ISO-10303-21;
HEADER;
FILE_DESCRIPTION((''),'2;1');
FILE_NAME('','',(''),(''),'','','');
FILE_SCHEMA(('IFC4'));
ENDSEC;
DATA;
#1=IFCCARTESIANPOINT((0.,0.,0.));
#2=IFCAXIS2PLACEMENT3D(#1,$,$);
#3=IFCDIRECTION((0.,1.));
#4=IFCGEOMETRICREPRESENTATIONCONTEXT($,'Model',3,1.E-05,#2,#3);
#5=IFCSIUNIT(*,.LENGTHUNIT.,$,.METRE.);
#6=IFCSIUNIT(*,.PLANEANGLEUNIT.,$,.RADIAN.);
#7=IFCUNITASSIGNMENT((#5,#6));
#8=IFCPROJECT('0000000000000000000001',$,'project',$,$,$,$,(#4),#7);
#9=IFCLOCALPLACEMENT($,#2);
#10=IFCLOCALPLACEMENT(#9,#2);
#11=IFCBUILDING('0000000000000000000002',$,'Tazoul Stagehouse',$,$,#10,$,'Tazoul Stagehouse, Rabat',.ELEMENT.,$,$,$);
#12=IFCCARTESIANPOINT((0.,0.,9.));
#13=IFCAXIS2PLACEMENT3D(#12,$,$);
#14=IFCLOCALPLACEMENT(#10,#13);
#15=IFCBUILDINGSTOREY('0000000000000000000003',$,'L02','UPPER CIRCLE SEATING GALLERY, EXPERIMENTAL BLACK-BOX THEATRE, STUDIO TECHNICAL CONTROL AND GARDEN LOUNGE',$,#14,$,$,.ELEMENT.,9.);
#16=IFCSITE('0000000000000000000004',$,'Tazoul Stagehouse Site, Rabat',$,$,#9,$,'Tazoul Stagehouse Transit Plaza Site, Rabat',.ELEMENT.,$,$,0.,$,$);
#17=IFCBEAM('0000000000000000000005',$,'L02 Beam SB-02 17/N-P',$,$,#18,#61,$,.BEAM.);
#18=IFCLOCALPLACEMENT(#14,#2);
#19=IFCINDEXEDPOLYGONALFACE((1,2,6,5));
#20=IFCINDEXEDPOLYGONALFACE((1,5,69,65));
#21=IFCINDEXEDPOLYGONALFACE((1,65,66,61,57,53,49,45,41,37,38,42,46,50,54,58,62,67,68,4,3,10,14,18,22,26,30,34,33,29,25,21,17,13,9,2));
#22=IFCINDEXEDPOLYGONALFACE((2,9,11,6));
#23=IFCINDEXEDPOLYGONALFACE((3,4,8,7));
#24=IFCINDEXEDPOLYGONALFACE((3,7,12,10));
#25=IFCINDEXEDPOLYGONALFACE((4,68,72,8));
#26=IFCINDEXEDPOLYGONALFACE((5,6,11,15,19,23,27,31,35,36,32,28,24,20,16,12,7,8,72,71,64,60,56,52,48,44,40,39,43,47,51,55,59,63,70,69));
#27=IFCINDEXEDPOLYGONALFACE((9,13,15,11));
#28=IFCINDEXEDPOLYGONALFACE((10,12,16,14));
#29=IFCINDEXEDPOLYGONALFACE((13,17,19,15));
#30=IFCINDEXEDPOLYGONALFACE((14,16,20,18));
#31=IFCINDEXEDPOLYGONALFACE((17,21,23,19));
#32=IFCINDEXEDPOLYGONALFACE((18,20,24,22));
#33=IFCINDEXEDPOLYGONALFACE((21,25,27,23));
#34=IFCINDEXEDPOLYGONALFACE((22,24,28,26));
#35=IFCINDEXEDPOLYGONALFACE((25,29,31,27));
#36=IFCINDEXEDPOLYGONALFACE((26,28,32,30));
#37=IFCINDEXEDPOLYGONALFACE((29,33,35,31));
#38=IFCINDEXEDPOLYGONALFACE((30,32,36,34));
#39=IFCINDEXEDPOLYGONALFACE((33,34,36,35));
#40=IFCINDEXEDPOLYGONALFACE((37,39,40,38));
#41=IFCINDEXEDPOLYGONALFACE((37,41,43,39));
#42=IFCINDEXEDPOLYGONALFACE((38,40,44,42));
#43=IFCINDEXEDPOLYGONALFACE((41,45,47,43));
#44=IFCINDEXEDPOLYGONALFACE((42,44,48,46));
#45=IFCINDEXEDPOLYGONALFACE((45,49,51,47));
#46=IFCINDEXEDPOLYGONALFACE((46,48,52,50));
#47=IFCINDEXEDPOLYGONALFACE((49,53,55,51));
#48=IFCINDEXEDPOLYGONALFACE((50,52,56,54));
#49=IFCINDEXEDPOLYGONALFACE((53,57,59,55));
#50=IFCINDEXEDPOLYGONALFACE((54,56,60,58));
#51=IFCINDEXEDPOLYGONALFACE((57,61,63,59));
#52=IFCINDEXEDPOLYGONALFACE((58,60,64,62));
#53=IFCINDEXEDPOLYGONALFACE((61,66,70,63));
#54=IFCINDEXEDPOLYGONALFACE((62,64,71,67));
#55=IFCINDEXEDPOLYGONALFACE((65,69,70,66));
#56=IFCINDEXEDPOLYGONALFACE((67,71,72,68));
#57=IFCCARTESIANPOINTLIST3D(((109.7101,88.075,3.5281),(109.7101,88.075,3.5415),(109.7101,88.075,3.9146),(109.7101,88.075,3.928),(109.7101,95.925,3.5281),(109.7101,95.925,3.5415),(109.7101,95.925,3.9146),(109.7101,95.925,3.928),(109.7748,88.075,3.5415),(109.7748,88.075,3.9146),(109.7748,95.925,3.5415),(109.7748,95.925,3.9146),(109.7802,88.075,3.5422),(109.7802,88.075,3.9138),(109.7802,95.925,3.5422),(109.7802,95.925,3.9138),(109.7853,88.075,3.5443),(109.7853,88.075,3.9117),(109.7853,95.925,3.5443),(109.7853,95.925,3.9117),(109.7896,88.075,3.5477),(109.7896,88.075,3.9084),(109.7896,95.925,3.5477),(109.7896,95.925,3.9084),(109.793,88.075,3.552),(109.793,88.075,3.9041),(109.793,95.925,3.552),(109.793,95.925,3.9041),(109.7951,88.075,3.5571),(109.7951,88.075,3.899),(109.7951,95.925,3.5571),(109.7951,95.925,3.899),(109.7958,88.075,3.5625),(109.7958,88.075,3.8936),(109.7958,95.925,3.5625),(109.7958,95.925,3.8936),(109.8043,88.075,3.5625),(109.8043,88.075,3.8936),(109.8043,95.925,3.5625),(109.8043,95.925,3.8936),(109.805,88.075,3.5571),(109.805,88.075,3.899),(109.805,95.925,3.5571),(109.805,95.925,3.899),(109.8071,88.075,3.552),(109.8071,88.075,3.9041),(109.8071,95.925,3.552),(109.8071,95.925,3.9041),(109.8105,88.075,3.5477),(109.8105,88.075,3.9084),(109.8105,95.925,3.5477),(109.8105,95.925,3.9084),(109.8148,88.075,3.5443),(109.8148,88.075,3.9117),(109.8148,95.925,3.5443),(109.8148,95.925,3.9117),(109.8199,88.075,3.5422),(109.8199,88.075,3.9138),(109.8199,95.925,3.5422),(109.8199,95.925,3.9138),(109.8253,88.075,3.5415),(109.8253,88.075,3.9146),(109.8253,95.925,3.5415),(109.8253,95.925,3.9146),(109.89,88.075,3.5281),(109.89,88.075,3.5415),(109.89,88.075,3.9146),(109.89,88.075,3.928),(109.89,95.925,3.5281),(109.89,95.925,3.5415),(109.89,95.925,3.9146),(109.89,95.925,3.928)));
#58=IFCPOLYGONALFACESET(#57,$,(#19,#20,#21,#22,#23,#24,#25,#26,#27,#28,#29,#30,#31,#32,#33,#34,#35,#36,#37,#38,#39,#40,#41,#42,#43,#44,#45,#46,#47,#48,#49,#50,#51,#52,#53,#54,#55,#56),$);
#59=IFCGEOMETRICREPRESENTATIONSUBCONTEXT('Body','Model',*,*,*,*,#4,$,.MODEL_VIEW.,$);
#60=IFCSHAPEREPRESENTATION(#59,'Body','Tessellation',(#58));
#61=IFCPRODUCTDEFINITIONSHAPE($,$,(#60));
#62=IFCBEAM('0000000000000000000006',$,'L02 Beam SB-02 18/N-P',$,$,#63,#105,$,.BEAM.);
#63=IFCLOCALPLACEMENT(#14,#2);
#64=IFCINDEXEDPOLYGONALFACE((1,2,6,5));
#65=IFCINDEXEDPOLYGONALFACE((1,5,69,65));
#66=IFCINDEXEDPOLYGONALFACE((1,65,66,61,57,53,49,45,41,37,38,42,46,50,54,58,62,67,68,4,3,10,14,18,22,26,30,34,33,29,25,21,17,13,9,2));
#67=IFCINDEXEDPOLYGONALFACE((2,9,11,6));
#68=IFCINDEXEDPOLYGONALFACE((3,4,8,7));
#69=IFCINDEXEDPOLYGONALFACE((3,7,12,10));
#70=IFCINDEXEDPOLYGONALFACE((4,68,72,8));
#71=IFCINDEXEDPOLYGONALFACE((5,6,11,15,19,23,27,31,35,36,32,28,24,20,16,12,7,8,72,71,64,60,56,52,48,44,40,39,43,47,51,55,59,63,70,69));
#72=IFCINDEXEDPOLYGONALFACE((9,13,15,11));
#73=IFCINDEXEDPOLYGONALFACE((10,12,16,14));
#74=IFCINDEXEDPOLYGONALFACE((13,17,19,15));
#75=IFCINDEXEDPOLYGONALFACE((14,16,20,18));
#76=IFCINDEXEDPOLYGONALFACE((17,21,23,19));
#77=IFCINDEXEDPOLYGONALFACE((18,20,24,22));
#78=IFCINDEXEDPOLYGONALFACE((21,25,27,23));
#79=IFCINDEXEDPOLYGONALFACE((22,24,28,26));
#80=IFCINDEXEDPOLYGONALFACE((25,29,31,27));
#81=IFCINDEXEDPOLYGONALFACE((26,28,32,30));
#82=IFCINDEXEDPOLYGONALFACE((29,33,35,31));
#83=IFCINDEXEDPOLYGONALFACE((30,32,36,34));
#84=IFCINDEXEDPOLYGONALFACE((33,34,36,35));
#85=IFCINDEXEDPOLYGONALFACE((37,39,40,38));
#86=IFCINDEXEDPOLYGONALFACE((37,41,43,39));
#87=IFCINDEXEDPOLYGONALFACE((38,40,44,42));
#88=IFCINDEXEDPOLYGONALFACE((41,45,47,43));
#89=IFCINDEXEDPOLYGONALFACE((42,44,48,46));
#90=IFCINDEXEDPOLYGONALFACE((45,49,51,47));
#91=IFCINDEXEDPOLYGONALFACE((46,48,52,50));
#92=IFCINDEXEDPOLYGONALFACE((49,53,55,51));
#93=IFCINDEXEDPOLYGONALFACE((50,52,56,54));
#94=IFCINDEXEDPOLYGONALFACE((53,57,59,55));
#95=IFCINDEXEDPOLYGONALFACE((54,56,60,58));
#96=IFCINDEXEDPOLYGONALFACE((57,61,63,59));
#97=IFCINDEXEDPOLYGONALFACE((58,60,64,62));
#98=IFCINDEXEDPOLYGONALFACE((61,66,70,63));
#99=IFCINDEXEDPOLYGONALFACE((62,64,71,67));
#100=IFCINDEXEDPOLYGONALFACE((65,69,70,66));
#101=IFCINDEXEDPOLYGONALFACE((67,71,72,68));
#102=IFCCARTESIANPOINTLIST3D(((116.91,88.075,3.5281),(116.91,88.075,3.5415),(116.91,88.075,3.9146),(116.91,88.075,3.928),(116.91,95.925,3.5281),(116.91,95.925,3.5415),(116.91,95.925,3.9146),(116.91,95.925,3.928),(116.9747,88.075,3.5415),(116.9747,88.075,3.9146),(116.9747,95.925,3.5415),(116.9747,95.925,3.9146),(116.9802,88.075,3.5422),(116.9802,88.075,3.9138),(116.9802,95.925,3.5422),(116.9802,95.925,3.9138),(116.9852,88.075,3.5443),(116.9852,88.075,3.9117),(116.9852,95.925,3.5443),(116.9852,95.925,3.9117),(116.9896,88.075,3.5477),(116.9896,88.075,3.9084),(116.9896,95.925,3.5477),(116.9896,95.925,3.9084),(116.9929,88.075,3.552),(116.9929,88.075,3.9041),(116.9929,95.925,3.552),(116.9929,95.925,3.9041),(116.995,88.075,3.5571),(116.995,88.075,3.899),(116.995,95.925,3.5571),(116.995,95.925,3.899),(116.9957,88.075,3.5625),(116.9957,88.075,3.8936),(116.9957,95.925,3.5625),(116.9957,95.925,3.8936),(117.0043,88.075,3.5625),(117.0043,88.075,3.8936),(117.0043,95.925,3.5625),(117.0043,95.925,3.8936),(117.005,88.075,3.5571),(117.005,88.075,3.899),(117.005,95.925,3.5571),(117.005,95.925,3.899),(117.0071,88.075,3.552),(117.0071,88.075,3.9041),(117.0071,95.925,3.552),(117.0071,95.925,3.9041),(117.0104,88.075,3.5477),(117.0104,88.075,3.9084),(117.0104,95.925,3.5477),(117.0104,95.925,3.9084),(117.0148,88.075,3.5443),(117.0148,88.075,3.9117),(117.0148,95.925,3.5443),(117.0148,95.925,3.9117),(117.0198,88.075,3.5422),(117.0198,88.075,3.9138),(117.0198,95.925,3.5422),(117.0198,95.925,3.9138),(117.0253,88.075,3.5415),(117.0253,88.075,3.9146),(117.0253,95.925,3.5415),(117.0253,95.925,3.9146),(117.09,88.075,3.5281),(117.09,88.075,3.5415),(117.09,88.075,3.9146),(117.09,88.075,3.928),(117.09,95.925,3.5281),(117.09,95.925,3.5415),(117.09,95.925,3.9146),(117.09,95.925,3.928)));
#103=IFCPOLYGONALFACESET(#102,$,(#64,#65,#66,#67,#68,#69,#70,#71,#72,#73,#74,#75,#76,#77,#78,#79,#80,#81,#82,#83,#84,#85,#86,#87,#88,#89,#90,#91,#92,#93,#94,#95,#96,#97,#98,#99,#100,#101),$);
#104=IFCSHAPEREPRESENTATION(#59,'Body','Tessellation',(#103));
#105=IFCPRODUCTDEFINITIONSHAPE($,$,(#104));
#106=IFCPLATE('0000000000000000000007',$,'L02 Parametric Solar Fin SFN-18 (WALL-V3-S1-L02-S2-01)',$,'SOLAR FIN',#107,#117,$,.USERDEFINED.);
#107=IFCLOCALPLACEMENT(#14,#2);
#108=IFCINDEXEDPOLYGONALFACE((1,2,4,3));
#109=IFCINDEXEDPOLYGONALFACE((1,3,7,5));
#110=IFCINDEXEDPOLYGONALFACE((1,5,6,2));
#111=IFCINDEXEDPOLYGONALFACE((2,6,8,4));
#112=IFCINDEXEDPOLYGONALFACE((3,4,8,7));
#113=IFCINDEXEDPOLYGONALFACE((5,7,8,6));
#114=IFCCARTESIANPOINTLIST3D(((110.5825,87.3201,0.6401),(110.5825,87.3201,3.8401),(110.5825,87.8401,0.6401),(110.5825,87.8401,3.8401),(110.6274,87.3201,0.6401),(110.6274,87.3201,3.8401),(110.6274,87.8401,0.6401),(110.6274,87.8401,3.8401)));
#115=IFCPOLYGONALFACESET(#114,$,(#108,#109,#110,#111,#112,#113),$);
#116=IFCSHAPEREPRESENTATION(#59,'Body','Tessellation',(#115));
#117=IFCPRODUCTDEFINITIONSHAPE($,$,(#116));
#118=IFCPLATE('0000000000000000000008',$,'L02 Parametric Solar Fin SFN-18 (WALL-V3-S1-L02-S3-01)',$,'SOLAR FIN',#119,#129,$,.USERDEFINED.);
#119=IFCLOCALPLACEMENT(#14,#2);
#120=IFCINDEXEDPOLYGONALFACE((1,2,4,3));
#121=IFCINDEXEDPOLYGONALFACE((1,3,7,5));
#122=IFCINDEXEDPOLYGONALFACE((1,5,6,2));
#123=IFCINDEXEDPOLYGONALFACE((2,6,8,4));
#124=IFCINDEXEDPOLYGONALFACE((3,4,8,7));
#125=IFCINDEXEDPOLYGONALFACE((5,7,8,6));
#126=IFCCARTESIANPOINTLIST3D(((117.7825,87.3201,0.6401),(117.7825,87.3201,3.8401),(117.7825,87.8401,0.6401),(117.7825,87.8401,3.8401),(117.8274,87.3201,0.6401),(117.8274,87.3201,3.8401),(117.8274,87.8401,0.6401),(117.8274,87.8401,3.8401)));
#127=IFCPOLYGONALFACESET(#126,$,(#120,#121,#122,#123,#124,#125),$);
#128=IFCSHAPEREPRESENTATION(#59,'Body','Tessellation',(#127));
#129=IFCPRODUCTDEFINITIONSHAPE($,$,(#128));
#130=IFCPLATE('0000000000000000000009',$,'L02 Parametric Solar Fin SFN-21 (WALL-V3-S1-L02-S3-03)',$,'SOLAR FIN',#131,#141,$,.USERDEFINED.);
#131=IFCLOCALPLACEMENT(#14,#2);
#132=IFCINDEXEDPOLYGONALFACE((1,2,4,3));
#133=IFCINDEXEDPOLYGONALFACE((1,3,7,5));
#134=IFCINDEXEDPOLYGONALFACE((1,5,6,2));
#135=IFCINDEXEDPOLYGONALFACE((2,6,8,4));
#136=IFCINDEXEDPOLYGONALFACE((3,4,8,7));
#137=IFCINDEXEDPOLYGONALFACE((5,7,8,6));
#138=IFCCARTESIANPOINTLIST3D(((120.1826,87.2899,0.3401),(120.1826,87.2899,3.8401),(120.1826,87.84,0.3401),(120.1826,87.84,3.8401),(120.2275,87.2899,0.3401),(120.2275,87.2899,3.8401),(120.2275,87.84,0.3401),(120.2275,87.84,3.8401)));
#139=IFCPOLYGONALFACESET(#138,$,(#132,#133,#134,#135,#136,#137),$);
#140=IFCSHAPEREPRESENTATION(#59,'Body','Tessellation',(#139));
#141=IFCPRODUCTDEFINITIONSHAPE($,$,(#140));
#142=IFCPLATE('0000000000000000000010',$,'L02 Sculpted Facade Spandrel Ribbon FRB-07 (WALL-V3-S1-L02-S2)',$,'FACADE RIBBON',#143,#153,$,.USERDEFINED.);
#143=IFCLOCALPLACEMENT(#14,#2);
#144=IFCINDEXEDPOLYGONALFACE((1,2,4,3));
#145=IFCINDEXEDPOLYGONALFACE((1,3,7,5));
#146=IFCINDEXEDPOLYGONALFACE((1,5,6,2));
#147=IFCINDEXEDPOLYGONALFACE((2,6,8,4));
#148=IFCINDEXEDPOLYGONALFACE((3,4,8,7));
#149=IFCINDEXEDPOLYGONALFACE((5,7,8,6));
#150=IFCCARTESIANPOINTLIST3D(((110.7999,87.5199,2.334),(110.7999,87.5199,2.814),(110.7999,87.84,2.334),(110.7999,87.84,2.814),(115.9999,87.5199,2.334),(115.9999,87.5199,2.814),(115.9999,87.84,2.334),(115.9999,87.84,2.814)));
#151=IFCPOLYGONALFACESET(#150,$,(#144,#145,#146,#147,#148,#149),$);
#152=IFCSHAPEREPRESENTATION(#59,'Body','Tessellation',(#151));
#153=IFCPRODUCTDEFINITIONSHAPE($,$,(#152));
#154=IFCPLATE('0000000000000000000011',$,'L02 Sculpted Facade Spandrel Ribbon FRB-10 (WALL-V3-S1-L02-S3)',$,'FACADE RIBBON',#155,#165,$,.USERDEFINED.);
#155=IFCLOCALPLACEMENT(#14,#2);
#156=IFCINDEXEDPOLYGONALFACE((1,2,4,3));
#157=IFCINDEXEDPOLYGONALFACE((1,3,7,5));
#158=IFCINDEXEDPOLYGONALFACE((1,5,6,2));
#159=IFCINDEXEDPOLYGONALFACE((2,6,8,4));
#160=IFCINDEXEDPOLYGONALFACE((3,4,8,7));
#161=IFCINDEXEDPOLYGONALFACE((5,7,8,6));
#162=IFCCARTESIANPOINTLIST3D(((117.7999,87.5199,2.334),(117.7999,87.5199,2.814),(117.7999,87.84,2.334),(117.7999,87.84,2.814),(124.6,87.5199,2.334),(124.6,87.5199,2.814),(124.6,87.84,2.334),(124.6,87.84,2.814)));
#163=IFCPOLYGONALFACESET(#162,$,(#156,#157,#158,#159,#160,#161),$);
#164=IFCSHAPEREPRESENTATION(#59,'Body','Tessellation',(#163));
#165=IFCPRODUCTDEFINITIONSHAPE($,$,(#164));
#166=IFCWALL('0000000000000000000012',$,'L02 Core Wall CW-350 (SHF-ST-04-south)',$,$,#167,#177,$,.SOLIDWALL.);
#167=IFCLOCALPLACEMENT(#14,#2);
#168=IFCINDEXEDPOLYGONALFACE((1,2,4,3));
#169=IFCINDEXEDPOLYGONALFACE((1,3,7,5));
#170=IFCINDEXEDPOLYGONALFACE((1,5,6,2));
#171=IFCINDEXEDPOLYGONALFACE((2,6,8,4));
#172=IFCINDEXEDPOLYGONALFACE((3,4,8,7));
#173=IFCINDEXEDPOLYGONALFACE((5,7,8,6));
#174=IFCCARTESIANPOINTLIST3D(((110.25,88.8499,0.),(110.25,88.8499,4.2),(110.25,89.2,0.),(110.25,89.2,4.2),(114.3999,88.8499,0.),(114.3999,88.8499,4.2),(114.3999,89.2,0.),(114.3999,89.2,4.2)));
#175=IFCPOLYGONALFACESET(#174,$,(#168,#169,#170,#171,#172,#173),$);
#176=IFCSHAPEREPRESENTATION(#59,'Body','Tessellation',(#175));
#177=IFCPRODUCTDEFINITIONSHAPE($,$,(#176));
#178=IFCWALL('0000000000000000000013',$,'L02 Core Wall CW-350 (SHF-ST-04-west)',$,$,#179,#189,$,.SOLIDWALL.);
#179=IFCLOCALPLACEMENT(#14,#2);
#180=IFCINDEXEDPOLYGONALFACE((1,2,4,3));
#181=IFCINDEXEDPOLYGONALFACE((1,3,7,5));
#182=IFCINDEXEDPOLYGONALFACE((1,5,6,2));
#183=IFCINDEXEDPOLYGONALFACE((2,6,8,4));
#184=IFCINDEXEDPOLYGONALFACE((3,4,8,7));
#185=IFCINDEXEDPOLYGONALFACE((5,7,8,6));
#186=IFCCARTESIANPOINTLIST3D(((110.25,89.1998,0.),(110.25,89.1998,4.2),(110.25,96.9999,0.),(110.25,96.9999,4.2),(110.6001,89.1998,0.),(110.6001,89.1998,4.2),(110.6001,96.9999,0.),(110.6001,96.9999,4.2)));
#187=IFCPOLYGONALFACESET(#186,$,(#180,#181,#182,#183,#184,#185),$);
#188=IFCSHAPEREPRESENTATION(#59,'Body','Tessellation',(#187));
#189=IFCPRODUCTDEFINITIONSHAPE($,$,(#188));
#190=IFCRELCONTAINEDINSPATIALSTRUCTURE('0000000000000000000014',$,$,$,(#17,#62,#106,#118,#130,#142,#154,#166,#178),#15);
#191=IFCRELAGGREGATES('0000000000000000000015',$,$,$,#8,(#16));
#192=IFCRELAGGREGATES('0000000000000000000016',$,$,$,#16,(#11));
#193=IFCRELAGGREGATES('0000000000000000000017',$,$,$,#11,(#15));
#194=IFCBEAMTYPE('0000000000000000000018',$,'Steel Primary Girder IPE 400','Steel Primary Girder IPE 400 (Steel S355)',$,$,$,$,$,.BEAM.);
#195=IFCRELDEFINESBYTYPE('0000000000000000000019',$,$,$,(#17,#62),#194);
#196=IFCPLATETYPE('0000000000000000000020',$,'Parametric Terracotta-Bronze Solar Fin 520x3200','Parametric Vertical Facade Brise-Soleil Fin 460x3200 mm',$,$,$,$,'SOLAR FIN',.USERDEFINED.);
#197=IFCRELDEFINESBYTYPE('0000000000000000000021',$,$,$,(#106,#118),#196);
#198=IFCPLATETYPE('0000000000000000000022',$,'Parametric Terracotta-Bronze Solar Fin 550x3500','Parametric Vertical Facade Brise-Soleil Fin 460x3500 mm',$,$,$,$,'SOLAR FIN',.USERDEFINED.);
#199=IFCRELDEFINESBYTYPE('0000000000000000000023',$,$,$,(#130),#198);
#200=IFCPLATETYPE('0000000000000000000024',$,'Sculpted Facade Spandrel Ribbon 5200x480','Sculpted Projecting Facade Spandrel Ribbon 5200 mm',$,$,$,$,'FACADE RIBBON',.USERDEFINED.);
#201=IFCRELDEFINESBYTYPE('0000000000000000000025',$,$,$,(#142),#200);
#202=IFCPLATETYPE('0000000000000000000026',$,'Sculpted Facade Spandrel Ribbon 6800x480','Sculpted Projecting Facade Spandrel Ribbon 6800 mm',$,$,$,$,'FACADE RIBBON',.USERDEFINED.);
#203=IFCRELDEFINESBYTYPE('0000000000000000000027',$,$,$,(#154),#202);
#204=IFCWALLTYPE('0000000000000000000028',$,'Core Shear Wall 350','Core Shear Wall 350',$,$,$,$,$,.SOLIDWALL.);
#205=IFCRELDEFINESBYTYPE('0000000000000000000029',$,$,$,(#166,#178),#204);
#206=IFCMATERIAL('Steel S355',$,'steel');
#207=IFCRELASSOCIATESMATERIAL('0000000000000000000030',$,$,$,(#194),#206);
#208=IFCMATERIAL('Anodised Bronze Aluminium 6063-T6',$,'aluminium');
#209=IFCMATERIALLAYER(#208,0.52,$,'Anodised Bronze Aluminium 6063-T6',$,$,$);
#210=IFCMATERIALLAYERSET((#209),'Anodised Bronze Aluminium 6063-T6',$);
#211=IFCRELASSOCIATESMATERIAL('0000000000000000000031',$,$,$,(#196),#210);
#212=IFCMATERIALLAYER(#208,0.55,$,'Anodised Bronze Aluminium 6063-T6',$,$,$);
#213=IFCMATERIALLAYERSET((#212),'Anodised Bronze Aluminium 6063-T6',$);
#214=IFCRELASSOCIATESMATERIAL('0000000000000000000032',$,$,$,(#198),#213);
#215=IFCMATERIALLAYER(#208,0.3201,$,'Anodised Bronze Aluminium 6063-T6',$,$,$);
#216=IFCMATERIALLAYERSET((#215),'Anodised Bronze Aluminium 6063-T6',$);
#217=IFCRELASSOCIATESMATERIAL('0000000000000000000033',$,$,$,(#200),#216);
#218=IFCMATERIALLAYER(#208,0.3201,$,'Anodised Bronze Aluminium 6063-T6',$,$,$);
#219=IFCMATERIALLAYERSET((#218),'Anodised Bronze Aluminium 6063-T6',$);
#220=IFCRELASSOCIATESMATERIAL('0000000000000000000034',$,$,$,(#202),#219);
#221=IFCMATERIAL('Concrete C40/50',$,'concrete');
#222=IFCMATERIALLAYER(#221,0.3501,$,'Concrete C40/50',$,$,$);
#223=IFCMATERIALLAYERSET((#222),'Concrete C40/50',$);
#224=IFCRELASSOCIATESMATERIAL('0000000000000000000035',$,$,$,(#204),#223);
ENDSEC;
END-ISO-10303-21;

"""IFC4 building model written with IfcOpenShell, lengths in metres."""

from ifc_helpers import new_model, si_unit, direction, frame, frame_2d, origin, origin_2d, place, context, subcontext, project, spatial, rectangle, i_section, extrude, material, layer, layer_set, material_profile, profile_set, type_object, element, save


model = new_model("IFC4")

# Units and contexts
model_context = context("Model", 3, precision=1e-05, world=origin(), true_north=direction((0.0, 1.0)))
body_context = subcontext(model_context, "Body", "Model", "MODEL_VIEW")
ifc_project = project(units=[si_unit("LENGTHUNIT", "METRE"), si_unit("PLANEANGLEUNIT", "RADIAN")], contexts=[model_context])

# Site, building, storey
site_placement = place(None, origin())
site = spatial("IfcSite", under=ifc_project, at=site_placement, Name="Tazoul Stagehouse Site, Rabat", LongName="Tazoul Stagehouse Transit Plaza Site, Rabat", CompositionType="ELEMENT", RefElevation=0.0)
building_placement = place(site_placement, origin())
building = spatial("IfcBuilding", under=site, at=building_placement, Name="Tazoul Stagehouse", LongName="Tazoul Stagehouse, Rabat", CompositionType="ELEMENT")
storey_placement = place(building_placement, frame((0.0, 0.0, 9.0)))
storey = spatial("IfcBuildingStorey", under=building, at=storey_placement, Name="L02", Description="UPPER CIRCLE SEATING GALLERY, EXPERIMENTAL BLACK-BOX THEATRE, STUDIO TECHNICAL CONTROL AND GARDEN LOUNGE", CompositionType="ELEMENT", Elevation=9.0)

# Shared definitions
ifc_material_1 = material(Name="Concrete C40/50", Category="concrete")

# Beams
ifc_material_2 = material(Name="Steel S355", Category="steel")
ifc_material_profile_1 = material_profile(ifc_material_2, i_section(OverallWidth=0.1799, OverallDepth=0.3999, WebThickness=0.0085, FlangeThickness=0.0134, FilletRadius=0.021, at=origin_2d()), Name="IPE 400")
ifc_profile_set_1 = profile_set([ifc_material_profile_1], Name="Steel S355")
beam_type_1 = type_object("IfcBeamType", Name="Steel Primary Girder IPE 400", Description="Steel Primary Girder IPE 400 (Steel S355)", PredefinedType="BEAM", material=ifc_profile_set_1)
for number, where, z_axis, x_axis, name in (
    (1, (109.8, 88.075, 3.728), (0.0, 1.0, 0.0), (-1.0, 0.0, 0.0), "L02 Beam SB-02 17/N-P"),
    (2, (117.0, 88.075, 3.728), (0.0, 1.0, 0.0), (-1.0, 0.0, 0.0), "L02 Beam SB-02 18/N-P"),
):
    element("IfcBeam", number, at=place(storey_placement, frame(where, z_axis=z_axis, x_axis=x_axis)), inside=storey, type_object=beam_type_1, Name=name, PredefinedType="BEAM", context=body_context, shape_type="SweptSolid", body=[
        extrude(i_section(OverallWidth=0.1799, OverallDepth=0.3999, WebThickness=0.0085, FlangeThickness=0.0134, FilletRadius=0.021, at=origin_2d()), origin(), (0.0, 0.0, 1.0), 7.8501),
    ])

# Plates
ifc_material_3 = material(Name="Anodised Bronze Aluminium 6063-T6", Category="aluminium")
ifc_layer_1 = layer(ifc_material_3, 0.52, Name="Anodised Bronze Aluminium 6063-T6")
ifc_layer_set_1 = layer_set([ifc_layer_1], Name="Anodised Bronze Aluminium 6063-T6")
plate_type_1 = type_object("IfcPlateType", Name="Parametric Terracotta-Bronze Solar Fin 520x3200", Description="Parametric Vertical Facade Brise-Soleil Fin 460x3200 mm", ElementType="SOLAR FIN", PredefinedType="USERDEFINED", material=ifc_layer_set_1)
for number, where, z_axis, x_axis, name in (
    (3, (110.605, 87.5801, 0.6401), (0.0, 0.0, 1.0), (1.0, 0.0, 0.0), "L02 Parametric Solar Fin SFN-18 (WALL-V3-S1-L02-S2-01)"),
    (4, (117.8049, 87.5801, 0.6401), (0.0, 0.0, 1.0), (1.0, 0.0, 0.0), "L02 Parametric Solar Fin SFN-18 (WALL-V3-S1-L02-S3-01)"),
):
    element("IfcPlate", number, at=place(storey_placement, frame(where, z_axis=z_axis, x_axis=x_axis)), inside=storey, type_object=plate_type_1, Name=name, ObjectType="SOLAR FIN", PredefinedType="USERDEFINED", context=body_context, shape_type="SweptSolid", body=[
        extrude(rectangle(XDim=0.0449, YDim=0.52, at=origin_2d()), origin(), (0.0, 0.0, 1.0), 3.2),
    ])
ifc_layer_2 = layer(ifc_material_3, 0.55, Name="Anodised Bronze Aluminium 6063-T6")
ifc_layer_set_2 = layer_set([ifc_layer_2], Name="Anodised Bronze Aluminium 6063-T6")
plate_type_2 = type_object("IfcPlateType", Name="Parametric Terracotta-Bronze Solar Fin 550x3500", Description="Parametric Vertical Facade Brise-Soleil Fin 460x3500 mm", ElementType="SOLAR FIN", PredefinedType="USERDEFINED", material=ifc_layer_set_2)
plate_1_placement = place(storey_placement, frame((120.2051, 87.5649, 0.3401), z_axis=(0.0, 0.0, 1.0), x_axis=(1.0, 0.0, 0.0)))
element("IfcPlate", 5, at=plate_1_placement, inside=storey, type_object=plate_type_2, Name="L02 Parametric Solar Fin SFN-21 (WALL-V3-S1-L02-S3-03)", ObjectType="SOLAR FIN", PredefinedType="USERDEFINED", context=body_context, shape_type="SweptSolid", body=[
    extrude(rectangle(XDim=0.0449, YDim=0.55, at=origin_2d()), origin(), (0.0, 0.0, 1.0), 3.5),
])
ifc_layer_3 = layer(ifc_material_3, 0.3201, Name="Anodised Bronze Aluminium 6063-T6")
ifc_layer_set_3 = layer_set([ifc_layer_3], Name="Anodised Bronze Aluminium 6063-T6")
plate_type_3 = type_object("IfcPlateType", Name="Sculpted Facade Spandrel Ribbon 5200x480", Description="Sculpted Projecting Facade Spandrel Ribbon 5200 mm", ElementType="FACADE RIBBON", PredefinedType="USERDEFINED", material=ifc_layer_set_3)
plate_2_placement = place(storey_placement, frame((113.3999, 87.6799, 2.334), z_axis=(0.0, 0.0, 1.0), x_axis=(1.0, 0.0, 0.0)))
element("IfcPlate", 6, at=plate_2_placement, inside=storey, type_object=plate_type_3, Name="L02 Sculpted Facade Spandrel Ribbon FRB-07 (WALL-V3-S1-L02-S2)", ObjectType="FACADE RIBBON", PredefinedType="USERDEFINED", context=body_context, shape_type="SweptSolid", body=[
    extrude(rectangle(XDim=5.2, YDim=0.3201, at=origin_2d()), origin(), (0.0, 0.0, 1.0), 0.48),
])
ifc_layer_4 = layer(ifc_material_3, 0.3201, Name="Anodised Bronze Aluminium 6063-T6")
ifc_layer_set_4 = layer_set([ifc_layer_4], Name="Anodised Bronze Aluminium 6063-T6")
plate_type_4 = type_object("IfcPlateType", Name="Sculpted Facade Spandrel Ribbon 6800x480", Description="Sculpted Projecting Facade Spandrel Ribbon 6800 mm", ElementType="FACADE RIBBON", PredefinedType="USERDEFINED", material=ifc_layer_set_4)
plate_3_placement = place(storey_placement, frame((121.2, 87.6799, 2.334), z_axis=(0.0, 0.0, 1.0), x_axis=(1.0, 0.0, 0.0)))
element("IfcPlate", 7, at=plate_3_placement, inside=storey, type_object=plate_type_4, Name="L02 Sculpted Facade Spandrel Ribbon FRB-10 (WALL-V3-S1-L02-S3)", ObjectType="FACADE RIBBON", PredefinedType="USERDEFINED", context=body_context, shape_type="SweptSolid", body=[
    extrude(rectangle(XDim=6.8, YDim=0.3201, at=origin_2d()), origin(), (0.0, 0.0, 1.0), 0.48),
])

# Walls
ifc_layer_5 = layer(ifc_material_1, 0.3501, Name="Concrete C40/50")
ifc_layer_set_5 = layer_set([ifc_layer_5], Name="Concrete C40/50")
wall_type_1 = type_object("IfcWallType", Name="Core Shear Wall 350", Description="Core Shear Wall 350", PredefinedType="SOLIDWALL", material=ifc_layer_set_5)
wall_1_placement = place(storey_placement, frame((114.3999, 89.0249, 0.0), z_axis=(0.0, 0.0, 1.0), x_axis=(-1.0, 0.0, 0.0)))
element("IfcWall", 8, at=wall_1_placement, inside=storey, type_object=wall_type_1, Name="L02 Core Wall CW-350 (SHF-ST-04-south)", PredefinedType="SOLIDWALL", context=body_context, shape_type="SweptSolid", body=[
    extrude(rectangle(XDim=4.1499, YDim=0.3501, at=frame_2d((2.075, 0.0))), origin(), (0.0, 0.0, 1.0), 4.2),
])
wall_2_placement = place(storey_placement, frame((110.425, 89.2, 0.0), z_axis=(0.0, 0.0, 1.0), x_axis=(0.0, 1.0, 0.0)))
element("IfcWall", 9, at=wall_2_placement, inside=storey, type_object=wall_type_1, Name="L02 Core Wall CW-350 (SHF-ST-04-west)", PredefinedType="SOLIDWALL", context=body_context, shape_type="SweptSolid", body=[
    extrude(rectangle(XDim=7.8, YDim=0.3501, at=frame_2d((3.8999, 0.0))), origin(), (0.0, 0.0, 1.0), 4.2),
])

save(model, "model.ifc")
